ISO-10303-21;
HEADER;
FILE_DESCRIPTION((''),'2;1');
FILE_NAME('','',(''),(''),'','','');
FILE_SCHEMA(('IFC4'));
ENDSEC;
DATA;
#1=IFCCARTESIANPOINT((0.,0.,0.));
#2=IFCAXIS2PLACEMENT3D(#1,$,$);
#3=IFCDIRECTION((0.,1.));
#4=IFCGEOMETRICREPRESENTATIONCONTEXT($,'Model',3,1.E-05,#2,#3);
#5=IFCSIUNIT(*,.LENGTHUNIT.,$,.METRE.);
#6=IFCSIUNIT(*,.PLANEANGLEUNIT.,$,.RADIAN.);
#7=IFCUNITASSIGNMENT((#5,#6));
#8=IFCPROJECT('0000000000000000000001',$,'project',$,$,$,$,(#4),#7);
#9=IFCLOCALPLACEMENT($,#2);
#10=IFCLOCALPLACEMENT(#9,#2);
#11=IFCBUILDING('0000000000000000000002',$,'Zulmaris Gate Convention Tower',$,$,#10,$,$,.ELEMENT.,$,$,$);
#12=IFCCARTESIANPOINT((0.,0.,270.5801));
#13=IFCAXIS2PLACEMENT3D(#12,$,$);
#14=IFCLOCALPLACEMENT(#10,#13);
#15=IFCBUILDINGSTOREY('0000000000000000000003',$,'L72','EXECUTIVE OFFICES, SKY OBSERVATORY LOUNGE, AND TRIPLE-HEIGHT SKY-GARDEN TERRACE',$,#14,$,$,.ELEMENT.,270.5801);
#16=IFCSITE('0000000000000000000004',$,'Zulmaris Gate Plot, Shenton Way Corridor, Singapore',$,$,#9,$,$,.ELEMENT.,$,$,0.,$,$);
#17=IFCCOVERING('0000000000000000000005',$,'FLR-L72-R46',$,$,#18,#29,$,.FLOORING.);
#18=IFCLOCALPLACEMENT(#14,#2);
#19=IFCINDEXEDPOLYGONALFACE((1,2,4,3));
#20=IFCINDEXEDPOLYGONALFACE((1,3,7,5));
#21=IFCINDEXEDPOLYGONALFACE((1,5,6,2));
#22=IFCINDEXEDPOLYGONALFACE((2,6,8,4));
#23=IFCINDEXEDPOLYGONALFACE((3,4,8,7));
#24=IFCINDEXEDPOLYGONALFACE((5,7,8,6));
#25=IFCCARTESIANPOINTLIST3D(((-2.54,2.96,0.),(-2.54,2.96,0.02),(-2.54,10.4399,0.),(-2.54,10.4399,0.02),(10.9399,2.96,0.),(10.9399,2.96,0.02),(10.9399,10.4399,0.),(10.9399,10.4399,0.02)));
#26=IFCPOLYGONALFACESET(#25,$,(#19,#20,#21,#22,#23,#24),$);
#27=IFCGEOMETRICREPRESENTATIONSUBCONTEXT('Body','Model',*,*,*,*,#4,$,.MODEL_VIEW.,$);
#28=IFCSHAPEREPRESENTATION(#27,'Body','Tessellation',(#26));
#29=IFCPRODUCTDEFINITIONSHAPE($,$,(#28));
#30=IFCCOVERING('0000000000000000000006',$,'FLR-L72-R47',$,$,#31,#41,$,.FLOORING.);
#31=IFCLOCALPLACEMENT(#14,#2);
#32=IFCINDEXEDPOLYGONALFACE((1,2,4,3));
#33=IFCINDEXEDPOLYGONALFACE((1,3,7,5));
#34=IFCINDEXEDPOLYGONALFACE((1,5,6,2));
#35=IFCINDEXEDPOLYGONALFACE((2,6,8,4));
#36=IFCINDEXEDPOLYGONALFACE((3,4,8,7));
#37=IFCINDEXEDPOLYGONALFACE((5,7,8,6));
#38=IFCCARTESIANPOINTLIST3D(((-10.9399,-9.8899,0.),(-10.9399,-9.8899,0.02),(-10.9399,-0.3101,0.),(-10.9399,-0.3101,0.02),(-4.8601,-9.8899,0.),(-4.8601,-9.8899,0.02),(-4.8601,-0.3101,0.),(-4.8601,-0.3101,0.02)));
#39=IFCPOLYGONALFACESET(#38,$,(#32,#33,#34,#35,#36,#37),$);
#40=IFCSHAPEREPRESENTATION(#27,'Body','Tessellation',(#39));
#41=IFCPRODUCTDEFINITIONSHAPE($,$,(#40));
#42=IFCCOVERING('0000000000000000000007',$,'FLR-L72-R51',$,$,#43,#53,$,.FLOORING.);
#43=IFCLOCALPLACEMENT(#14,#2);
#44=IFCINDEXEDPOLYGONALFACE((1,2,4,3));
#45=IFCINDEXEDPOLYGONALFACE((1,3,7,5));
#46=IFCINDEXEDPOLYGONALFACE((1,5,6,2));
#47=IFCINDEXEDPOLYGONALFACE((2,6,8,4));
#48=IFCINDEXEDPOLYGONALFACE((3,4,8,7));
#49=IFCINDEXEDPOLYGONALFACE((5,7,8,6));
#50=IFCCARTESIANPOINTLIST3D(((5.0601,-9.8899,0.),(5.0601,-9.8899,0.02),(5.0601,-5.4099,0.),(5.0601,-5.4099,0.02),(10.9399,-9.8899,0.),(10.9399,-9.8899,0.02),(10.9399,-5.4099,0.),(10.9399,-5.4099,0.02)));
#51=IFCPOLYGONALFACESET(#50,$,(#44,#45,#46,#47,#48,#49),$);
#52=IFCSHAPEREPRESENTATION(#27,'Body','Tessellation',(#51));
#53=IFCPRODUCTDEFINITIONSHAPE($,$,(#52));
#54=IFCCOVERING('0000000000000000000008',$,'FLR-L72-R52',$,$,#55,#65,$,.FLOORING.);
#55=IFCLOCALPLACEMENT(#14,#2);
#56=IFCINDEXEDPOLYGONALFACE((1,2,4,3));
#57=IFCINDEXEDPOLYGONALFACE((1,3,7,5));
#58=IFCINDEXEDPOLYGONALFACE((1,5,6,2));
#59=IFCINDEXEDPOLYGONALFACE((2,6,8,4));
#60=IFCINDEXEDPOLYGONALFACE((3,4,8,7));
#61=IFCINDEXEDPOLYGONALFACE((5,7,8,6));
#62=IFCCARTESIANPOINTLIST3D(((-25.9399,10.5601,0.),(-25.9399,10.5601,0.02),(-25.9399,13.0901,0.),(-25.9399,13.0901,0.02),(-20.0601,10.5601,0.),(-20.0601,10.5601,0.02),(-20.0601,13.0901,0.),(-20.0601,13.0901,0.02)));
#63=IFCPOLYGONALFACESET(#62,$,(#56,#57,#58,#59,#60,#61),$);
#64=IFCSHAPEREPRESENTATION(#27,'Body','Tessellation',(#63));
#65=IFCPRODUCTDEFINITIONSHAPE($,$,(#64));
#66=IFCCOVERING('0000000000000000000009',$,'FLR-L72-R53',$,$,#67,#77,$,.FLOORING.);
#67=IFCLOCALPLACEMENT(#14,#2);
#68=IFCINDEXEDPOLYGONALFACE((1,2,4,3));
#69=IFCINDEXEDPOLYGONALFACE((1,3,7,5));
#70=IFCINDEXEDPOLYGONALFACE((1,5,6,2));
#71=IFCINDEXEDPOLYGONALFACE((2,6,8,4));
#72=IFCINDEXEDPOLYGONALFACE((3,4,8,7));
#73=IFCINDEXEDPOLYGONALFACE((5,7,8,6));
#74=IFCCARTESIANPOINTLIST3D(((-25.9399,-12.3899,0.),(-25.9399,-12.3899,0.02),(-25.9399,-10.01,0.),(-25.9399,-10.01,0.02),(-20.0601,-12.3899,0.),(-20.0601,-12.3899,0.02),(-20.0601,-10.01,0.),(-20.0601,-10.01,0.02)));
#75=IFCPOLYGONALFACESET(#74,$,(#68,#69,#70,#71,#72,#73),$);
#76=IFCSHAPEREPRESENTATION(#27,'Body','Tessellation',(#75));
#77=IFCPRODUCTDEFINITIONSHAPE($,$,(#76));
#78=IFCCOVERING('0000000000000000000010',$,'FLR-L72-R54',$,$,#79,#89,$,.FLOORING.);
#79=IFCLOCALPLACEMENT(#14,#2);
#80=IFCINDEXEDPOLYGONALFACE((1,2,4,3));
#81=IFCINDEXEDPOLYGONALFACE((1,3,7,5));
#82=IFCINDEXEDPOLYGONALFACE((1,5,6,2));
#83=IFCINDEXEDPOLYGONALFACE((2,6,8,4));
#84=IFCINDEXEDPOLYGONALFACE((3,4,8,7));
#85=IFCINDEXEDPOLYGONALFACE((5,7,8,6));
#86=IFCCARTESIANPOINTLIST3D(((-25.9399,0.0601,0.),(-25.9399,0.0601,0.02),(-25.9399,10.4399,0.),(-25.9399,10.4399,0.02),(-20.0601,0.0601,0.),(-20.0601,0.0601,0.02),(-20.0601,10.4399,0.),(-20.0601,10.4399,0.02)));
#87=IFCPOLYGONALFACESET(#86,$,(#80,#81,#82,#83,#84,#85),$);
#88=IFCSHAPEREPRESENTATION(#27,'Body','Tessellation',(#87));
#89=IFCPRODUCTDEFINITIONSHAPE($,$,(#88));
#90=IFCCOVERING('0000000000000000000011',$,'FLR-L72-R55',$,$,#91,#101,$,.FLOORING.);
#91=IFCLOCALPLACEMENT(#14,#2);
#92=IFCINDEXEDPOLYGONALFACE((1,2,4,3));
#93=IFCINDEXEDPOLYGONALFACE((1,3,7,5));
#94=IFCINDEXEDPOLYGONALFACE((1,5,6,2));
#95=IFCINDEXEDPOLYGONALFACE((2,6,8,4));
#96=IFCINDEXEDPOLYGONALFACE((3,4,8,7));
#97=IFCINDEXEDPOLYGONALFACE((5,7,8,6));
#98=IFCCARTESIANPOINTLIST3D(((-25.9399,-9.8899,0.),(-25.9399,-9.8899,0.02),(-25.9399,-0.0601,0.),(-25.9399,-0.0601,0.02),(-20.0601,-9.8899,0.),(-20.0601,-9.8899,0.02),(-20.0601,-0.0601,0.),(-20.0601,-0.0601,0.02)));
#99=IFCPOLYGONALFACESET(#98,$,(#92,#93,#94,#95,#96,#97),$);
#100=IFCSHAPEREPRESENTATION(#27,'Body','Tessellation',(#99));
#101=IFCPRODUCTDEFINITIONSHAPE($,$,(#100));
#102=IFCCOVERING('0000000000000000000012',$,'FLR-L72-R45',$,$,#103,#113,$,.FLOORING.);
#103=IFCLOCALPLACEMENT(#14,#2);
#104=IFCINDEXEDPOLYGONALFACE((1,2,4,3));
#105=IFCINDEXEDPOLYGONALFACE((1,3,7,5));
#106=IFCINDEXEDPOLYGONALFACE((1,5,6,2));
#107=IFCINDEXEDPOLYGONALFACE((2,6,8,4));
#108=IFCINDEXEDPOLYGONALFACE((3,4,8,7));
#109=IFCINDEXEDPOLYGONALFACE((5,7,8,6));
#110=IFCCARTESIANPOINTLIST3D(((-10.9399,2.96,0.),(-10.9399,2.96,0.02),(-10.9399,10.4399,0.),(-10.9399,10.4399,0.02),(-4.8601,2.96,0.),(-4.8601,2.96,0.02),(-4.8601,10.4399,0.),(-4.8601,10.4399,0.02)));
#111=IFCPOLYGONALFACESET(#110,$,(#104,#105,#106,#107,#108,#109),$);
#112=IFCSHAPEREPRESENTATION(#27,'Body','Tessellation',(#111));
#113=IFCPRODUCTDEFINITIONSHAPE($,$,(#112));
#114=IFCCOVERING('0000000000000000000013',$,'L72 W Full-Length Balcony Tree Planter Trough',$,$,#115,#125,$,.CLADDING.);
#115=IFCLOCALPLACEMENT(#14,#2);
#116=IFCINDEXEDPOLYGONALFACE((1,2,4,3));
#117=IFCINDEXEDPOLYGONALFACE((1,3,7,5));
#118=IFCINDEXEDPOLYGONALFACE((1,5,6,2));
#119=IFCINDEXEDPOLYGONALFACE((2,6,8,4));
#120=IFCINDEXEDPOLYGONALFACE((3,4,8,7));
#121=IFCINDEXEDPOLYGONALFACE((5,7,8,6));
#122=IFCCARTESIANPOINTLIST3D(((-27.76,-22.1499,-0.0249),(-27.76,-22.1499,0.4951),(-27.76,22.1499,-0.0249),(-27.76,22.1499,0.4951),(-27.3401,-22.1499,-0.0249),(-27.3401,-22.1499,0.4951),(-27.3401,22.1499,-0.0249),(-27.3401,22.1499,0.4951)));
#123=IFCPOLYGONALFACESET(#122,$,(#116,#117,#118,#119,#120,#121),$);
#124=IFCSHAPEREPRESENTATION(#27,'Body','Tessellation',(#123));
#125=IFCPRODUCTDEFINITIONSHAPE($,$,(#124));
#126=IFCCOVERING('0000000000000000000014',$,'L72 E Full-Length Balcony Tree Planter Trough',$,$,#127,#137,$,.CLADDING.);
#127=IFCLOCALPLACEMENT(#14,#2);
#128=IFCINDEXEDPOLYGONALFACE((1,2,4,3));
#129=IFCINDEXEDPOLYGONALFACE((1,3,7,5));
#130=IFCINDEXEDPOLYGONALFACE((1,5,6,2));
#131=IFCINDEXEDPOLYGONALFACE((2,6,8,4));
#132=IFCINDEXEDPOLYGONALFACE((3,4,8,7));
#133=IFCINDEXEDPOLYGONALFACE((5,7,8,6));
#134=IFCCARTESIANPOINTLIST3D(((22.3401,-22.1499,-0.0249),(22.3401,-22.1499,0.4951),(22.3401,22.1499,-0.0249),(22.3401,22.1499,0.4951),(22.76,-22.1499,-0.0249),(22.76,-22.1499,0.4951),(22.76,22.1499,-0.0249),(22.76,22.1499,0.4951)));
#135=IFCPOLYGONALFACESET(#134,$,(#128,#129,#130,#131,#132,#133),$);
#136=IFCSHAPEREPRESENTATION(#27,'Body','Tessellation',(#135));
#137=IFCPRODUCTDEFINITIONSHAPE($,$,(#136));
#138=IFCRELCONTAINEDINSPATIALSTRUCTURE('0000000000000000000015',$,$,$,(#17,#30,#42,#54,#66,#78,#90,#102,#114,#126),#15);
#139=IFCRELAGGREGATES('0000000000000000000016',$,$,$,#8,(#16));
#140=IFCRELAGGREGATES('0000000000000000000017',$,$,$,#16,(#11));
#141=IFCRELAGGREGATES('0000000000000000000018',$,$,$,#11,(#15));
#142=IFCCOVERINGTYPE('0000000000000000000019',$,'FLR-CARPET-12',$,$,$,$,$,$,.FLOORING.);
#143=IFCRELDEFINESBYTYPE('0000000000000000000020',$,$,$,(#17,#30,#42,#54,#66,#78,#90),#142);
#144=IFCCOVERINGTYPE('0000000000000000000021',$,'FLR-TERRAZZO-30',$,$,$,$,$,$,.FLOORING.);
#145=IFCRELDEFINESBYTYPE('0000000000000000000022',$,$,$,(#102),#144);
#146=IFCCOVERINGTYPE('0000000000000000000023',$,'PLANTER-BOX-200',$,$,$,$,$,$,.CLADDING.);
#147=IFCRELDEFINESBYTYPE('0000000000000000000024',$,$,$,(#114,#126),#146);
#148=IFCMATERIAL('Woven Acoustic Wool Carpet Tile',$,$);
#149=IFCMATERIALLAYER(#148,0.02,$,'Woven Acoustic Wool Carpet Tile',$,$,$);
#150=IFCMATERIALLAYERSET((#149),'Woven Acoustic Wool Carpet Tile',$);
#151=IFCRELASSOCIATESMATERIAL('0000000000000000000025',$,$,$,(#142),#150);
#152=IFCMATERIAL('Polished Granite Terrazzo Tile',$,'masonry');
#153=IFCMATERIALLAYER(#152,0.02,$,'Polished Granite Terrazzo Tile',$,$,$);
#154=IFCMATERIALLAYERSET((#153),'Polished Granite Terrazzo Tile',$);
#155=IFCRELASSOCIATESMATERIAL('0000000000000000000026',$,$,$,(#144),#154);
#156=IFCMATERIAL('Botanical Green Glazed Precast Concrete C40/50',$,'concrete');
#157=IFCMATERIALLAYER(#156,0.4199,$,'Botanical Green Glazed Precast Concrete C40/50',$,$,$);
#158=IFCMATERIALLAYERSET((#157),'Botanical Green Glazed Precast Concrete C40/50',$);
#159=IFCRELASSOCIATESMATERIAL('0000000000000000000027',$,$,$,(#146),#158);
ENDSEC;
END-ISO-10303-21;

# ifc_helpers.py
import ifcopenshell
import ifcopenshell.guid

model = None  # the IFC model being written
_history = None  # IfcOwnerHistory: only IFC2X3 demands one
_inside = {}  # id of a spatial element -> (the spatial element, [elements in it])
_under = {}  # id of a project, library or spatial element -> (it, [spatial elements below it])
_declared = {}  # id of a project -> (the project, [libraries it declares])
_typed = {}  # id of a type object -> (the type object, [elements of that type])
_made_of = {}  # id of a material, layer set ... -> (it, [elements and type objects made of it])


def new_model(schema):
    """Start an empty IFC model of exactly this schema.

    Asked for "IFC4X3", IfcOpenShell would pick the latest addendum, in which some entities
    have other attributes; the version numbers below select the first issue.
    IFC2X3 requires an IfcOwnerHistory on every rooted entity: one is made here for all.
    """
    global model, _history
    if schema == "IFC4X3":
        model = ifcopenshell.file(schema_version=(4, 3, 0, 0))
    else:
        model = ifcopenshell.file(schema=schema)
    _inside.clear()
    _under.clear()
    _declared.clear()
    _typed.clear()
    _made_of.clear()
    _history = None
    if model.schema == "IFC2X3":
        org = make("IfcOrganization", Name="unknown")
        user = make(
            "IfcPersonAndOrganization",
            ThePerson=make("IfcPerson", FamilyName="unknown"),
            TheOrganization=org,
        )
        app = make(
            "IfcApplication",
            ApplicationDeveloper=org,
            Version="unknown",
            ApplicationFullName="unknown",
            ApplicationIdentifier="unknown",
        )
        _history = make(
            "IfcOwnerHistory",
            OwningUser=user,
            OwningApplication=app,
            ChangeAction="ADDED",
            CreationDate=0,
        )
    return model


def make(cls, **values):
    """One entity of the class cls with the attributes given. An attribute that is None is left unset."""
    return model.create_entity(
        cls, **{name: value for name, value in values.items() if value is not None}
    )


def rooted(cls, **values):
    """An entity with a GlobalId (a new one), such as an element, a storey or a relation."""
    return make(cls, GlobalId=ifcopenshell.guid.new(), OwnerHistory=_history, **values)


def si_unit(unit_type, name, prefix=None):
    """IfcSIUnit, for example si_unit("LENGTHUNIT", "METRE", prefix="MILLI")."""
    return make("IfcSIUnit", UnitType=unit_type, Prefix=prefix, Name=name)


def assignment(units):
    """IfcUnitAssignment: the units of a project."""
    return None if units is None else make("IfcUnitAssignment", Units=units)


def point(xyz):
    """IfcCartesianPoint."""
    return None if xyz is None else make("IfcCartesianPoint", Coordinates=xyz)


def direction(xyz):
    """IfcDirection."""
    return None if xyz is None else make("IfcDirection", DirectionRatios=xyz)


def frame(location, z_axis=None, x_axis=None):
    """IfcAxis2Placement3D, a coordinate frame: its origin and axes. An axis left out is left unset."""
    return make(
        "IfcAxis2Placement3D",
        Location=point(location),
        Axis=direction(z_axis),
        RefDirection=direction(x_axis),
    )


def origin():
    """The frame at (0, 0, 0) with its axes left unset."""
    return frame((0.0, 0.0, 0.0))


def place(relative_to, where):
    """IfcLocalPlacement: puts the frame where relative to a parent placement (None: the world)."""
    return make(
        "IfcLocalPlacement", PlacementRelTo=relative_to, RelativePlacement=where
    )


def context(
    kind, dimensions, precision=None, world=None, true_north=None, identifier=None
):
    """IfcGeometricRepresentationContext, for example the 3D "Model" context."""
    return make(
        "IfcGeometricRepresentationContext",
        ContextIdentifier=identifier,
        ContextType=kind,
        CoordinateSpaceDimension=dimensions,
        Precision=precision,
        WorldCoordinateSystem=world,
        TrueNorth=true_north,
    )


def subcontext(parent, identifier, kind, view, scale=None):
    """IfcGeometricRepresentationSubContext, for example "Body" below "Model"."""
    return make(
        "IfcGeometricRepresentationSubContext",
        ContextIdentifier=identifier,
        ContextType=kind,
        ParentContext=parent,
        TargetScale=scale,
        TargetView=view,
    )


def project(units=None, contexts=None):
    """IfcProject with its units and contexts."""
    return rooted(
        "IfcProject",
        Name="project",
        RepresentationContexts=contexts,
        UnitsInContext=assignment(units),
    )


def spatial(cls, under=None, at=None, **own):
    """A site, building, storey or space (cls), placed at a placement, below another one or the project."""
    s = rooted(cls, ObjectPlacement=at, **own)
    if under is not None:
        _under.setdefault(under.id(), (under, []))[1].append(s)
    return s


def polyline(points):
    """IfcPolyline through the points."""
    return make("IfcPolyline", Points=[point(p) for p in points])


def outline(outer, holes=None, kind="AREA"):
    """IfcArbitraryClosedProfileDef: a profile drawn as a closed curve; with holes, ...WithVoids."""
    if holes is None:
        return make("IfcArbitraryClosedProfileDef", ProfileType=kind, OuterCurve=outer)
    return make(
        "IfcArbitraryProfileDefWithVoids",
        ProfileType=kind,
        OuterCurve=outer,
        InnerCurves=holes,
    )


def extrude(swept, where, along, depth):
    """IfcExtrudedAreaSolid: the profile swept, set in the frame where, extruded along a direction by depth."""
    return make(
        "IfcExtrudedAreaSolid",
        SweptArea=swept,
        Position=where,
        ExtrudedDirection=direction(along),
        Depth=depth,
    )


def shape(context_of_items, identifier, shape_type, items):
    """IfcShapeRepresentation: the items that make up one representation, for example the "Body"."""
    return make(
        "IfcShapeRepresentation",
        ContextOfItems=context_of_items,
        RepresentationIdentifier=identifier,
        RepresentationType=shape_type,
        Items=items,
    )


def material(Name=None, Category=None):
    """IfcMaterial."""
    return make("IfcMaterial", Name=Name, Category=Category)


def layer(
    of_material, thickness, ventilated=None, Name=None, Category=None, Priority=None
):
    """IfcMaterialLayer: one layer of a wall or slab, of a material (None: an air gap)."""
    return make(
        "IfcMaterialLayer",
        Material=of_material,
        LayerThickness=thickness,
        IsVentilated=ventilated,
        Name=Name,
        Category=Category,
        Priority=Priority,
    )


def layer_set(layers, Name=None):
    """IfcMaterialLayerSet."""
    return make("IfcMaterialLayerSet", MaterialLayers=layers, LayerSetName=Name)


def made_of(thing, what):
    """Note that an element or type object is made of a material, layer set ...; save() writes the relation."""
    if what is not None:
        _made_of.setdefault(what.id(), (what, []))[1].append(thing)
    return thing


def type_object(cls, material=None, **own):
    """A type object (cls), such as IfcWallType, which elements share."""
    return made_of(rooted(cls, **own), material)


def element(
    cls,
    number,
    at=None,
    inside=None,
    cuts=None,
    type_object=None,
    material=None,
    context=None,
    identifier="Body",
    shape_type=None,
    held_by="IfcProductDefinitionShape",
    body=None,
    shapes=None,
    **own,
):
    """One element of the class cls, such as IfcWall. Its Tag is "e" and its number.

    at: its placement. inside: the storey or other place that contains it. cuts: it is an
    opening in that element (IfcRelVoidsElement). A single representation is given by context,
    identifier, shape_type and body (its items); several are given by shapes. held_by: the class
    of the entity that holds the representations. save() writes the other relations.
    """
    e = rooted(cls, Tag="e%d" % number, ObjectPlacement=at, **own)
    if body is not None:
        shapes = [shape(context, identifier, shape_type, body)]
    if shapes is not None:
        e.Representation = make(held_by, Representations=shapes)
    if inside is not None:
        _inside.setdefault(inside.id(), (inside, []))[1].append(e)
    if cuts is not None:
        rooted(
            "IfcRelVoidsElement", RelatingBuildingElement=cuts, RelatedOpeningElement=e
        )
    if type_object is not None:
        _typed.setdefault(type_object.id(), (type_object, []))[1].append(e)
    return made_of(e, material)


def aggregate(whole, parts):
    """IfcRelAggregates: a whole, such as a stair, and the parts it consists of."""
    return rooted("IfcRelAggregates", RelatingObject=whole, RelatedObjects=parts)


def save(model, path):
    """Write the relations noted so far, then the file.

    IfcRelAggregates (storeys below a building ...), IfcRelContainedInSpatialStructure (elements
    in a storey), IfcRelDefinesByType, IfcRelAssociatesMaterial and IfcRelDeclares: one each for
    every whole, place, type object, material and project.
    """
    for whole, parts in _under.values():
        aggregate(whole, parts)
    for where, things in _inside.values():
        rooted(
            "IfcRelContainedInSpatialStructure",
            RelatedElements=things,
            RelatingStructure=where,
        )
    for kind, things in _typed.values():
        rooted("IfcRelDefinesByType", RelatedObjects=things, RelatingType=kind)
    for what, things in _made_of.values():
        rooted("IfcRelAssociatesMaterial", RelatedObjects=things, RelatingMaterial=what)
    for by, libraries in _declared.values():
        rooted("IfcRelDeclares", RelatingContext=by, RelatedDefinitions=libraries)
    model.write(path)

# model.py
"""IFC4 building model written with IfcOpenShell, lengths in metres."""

from ifc_helpers import new_model, si_unit, direction, frame, origin, place, context, subcontext, project, spatial, polyline, outline, extrude, material, layer, layer_set, type_object, element, save


model = new_model("IFC4")

# Units and contexts
model_context = context("Model", 3, precision=1e-05, world=origin(), true_north=direction((0.0, 1.0)))
body_context = subcontext(model_context, "Body", "Model", "MODEL_VIEW")
ifc_project = project(units=[si_unit("LENGTHUNIT", "METRE"), si_unit("PLANEANGLEUNIT", "RADIAN")], contexts=[model_context])

# Site, building, storey
site_placement = place(None, origin())
site = spatial("IfcSite", under=ifc_project, at=site_placement, Name="Zulmaris Gate Plot, Shenton Way Corridor, Singapore", CompositionType="ELEMENT", RefElevation=0.0)
building_placement = place(site_placement, origin())
building = spatial("IfcBuilding", under=site, at=building_placement, Name="Zulmaris Gate Convention Tower", CompositionType="ELEMENT")
storey_placement = place(building_placement, frame((0.0, 0.0, 270.5801)))
storey = spatial("IfcBuildingStorey", under=building, at=storey_placement, Name="L72", Description="EXECUTIVE OFFICES, SKY OBSERVATORY LOUNGE, AND TRIPLE-HEIGHT SKY-GARDEN TERRACE", CompositionType="ELEMENT", Elevation=270.5801)

# Coverings
ifc_material_1 = material(Name="Woven Acoustic Wool Carpet Tile")
ifc_layer_1 = layer(ifc_material_1, 0.02, Name="Woven Acoustic Wool Carpet Tile")
ifc_layer_set_1 = layer_set([ifc_layer_1], Name="Woven Acoustic Wool Carpet Tile")
covering_type_1 = type_object("IfcCoveringType", Name="FLR-CARPET-12", PredefinedType="FLOORING", material=ifc_layer_set_1)
covering_1_placement = place(storey_placement, origin())
element("IfcCovering", 1, at=covering_1_placement, inside=storey, type_object=covering_type_1, Name="FLR-L72-R46", PredefinedType="FLOORING", context=body_context, shape_type="SweptSolid", body=[
    extrude(outline(polyline([(-2.54, 2.96), (10.9399, 2.96), (10.9399, 10.4399), (-2.54, 10.4399), (-2.54, 2.96)])), origin(), (0.0, 0.0, 1.0), 0.02),
])
covering_2_placement = place(storey_placement, origin())
element("IfcCovering", 2, at=covering_2_placement, inside=storey, type_object=covering_type_1, Name="FLR-L72-R47", PredefinedType="FLOORING", context=body_context, shape_type="SweptSolid", body=[
    extrude(outline(polyline([(-10.9399, -9.8899), (-4.8601, -9.8899), (-4.8601, -0.3101), (-10.9399, -0.3101), (-10.9399, -9.8899)])), origin(), (0.0, 0.0, 1.0), 0.02),
])
covering_3_placement = place(storey_placement, origin())
element("IfcCovering", 3, at=covering_3_placement, inside=storey, type_object=covering_type_1, Name="FLR-L72-R51", PredefinedType="FLOORING", context=body_context, shape_type="SweptSolid", body=[
    extrude(outline(polyline([(5.0601, -9.8899), (10.9399, -9.8899), (10.9399, -5.4099), (5.0601, -5.4099), (5.0601, -9.8899)])), origin(), (0.0, 0.0, 1.0), 0.02),
])
covering_4_placement = place(storey_placement, origin())
element("IfcCovering", 4, at=covering_4_placement, inside=storey, type_object=covering_type_1, Name="FLR-L72-R52", PredefinedType="FLOORING", context=body_context, shape_type="SweptSolid", body=[
    extrude(outline(polyline([(-25.9399, 10.5601), (-20.0601, 10.5601), (-20.0601, 13.0901), (-25.9399, 13.0901), (-25.9399, 10.5601)])), origin(), (0.0, 0.0, 1.0), 0.02),
])
covering_5_placement = place(storey_placement, origin())
element("IfcCovering", 5, at=covering_5_placement, inside=storey, type_object=covering_type_1, Name="FLR-L72-R53", PredefinedType="FLOORING", context=body_context, shape_type="SweptSolid", body=[
    extrude(outline(polyline([(-25.9399, -12.3899), (-20.0601, -12.3899), (-20.0601, -10.01), (-25.9399, -10.01), (-25.9399, -12.3899)])), origin(), (0.0, 0.0, 1.0), 0.02),
])
covering_6_placement = place(storey_placement, origin())
element("IfcCovering", 6, at=covering_6_placement, inside=storey, type_object=covering_type_1, Name="FLR-L72-R54", PredefinedType="FLOORING", context=body_context, shape_type="SweptSolid", body=[
    extrude(outline(polyline([(-25.9399, 0.0601), (-20.0601, 0.0601), (-20.0601, 10.4399), (-25.9399, 10.4399), (-25.9399, 0.0601)])), origin(), (0.0, 0.0, 1.0), 0.02),
])
covering_7_placement = place(storey_placement, origin())
element("IfcCovering", 7, at=covering_7_placement, inside=storey, type_object=covering_type_1, Name="FLR-L72-R55", PredefinedType="FLOORING", context=body_context, shape_type="SweptSolid", body=[
    extrude(outline(polyline([(-25.9399, -9.8899), (-20.0601, -9.8899), (-20.0601, -0.0601), (-25.9399, -0.0601), (-25.9399, -9.8899)])), origin(), (0.0, 0.0, 1.0), 0.02),
])
ifc_material_2 = material(Name="Polished Granite Terrazzo Tile", Category="masonry")
ifc_layer_2 = layer(ifc_material_2, 0.02, Name="Polished Granite Terrazzo Tile")
ifc_layer_set_2 = layer_set([ifc_layer_2], Name="Polished Granite Terrazzo Tile")
covering_type_2 = type_object("IfcCoveringType", Name="FLR-TERRAZZO-30", PredefinedType="FLOORING", material=ifc_layer_set_2)
covering_8_placement = place(storey_placement, origin())
element("IfcCovering", 8, at=covering_8_placement, inside=storey, type_object=covering_type_2, Name="FLR-L72-R45", PredefinedType="FLOORING", context=body_context, shape_type="SweptSolid", body=[
    extrude(outline(polyline([(-10.9399, 2.96), (-4.8601, 2.96), (-4.8601, 10.4399), (-10.9399, 10.4399), (-10.9399, 2.96)])), origin(), (0.0, 0.0, 1.0), 0.02),
])
ifc_material_3 = material(Name="Botanical Green Glazed Precast Concrete C40/50", Category="concrete")
ifc_layer_3 = layer(ifc_material_3, 0.4199, Name="Botanical Green Glazed Precast Concrete C40/50")
ifc_layer_set_3 = layer_set([ifc_layer_3], Name="Botanical Green Glazed Precast Concrete C40/50")
covering_type_3 = type_object("IfcCoveringType", Name="PLANTER-BOX-200", PredefinedType="CLADDING", material=ifc_layer_set_3)
covering_9_placement = place(storey_placement, frame((0.0, 0.0, -0.0249)))
element("IfcCovering", 9, at=covering_9_placement, inside=storey, type_object=covering_type_3, Name="L72 W Full-Length Balcony Tree Planter Trough", PredefinedType="CLADDING", context=body_context, shape_type="SweptSolid", body=[
    extrude(outline(polyline([(-27.76, -22.1499), (-27.3401, -22.1499), (-27.3401, 22.1499), (-27.76, 22.1499), (-27.76, -22.1499)])), origin(), (0.0, 0.0, 1.0), 0.52),
])
covering_10_placement = place(storey_placement, frame((0.0, 0.0, -0.0249)))
element("IfcCovering", 10, at=covering_10_placement, inside=storey, type_object=covering_type_3, Name="L72 E Full-Length Balcony Tree Planter Trough", PredefinedType="CLADDING", context=body_context, shape_type="SweptSolid", body=[
    extrude(outline(polyline([(22.3401, -22.1499), (22.76, -22.1499), (22.76, 22.1499), (22.3401, 22.1499), (22.3401, -22.1499)])), origin(), (0.0, 0.0, 1.0), 0.52),
])

save(model, "model.ifc")
